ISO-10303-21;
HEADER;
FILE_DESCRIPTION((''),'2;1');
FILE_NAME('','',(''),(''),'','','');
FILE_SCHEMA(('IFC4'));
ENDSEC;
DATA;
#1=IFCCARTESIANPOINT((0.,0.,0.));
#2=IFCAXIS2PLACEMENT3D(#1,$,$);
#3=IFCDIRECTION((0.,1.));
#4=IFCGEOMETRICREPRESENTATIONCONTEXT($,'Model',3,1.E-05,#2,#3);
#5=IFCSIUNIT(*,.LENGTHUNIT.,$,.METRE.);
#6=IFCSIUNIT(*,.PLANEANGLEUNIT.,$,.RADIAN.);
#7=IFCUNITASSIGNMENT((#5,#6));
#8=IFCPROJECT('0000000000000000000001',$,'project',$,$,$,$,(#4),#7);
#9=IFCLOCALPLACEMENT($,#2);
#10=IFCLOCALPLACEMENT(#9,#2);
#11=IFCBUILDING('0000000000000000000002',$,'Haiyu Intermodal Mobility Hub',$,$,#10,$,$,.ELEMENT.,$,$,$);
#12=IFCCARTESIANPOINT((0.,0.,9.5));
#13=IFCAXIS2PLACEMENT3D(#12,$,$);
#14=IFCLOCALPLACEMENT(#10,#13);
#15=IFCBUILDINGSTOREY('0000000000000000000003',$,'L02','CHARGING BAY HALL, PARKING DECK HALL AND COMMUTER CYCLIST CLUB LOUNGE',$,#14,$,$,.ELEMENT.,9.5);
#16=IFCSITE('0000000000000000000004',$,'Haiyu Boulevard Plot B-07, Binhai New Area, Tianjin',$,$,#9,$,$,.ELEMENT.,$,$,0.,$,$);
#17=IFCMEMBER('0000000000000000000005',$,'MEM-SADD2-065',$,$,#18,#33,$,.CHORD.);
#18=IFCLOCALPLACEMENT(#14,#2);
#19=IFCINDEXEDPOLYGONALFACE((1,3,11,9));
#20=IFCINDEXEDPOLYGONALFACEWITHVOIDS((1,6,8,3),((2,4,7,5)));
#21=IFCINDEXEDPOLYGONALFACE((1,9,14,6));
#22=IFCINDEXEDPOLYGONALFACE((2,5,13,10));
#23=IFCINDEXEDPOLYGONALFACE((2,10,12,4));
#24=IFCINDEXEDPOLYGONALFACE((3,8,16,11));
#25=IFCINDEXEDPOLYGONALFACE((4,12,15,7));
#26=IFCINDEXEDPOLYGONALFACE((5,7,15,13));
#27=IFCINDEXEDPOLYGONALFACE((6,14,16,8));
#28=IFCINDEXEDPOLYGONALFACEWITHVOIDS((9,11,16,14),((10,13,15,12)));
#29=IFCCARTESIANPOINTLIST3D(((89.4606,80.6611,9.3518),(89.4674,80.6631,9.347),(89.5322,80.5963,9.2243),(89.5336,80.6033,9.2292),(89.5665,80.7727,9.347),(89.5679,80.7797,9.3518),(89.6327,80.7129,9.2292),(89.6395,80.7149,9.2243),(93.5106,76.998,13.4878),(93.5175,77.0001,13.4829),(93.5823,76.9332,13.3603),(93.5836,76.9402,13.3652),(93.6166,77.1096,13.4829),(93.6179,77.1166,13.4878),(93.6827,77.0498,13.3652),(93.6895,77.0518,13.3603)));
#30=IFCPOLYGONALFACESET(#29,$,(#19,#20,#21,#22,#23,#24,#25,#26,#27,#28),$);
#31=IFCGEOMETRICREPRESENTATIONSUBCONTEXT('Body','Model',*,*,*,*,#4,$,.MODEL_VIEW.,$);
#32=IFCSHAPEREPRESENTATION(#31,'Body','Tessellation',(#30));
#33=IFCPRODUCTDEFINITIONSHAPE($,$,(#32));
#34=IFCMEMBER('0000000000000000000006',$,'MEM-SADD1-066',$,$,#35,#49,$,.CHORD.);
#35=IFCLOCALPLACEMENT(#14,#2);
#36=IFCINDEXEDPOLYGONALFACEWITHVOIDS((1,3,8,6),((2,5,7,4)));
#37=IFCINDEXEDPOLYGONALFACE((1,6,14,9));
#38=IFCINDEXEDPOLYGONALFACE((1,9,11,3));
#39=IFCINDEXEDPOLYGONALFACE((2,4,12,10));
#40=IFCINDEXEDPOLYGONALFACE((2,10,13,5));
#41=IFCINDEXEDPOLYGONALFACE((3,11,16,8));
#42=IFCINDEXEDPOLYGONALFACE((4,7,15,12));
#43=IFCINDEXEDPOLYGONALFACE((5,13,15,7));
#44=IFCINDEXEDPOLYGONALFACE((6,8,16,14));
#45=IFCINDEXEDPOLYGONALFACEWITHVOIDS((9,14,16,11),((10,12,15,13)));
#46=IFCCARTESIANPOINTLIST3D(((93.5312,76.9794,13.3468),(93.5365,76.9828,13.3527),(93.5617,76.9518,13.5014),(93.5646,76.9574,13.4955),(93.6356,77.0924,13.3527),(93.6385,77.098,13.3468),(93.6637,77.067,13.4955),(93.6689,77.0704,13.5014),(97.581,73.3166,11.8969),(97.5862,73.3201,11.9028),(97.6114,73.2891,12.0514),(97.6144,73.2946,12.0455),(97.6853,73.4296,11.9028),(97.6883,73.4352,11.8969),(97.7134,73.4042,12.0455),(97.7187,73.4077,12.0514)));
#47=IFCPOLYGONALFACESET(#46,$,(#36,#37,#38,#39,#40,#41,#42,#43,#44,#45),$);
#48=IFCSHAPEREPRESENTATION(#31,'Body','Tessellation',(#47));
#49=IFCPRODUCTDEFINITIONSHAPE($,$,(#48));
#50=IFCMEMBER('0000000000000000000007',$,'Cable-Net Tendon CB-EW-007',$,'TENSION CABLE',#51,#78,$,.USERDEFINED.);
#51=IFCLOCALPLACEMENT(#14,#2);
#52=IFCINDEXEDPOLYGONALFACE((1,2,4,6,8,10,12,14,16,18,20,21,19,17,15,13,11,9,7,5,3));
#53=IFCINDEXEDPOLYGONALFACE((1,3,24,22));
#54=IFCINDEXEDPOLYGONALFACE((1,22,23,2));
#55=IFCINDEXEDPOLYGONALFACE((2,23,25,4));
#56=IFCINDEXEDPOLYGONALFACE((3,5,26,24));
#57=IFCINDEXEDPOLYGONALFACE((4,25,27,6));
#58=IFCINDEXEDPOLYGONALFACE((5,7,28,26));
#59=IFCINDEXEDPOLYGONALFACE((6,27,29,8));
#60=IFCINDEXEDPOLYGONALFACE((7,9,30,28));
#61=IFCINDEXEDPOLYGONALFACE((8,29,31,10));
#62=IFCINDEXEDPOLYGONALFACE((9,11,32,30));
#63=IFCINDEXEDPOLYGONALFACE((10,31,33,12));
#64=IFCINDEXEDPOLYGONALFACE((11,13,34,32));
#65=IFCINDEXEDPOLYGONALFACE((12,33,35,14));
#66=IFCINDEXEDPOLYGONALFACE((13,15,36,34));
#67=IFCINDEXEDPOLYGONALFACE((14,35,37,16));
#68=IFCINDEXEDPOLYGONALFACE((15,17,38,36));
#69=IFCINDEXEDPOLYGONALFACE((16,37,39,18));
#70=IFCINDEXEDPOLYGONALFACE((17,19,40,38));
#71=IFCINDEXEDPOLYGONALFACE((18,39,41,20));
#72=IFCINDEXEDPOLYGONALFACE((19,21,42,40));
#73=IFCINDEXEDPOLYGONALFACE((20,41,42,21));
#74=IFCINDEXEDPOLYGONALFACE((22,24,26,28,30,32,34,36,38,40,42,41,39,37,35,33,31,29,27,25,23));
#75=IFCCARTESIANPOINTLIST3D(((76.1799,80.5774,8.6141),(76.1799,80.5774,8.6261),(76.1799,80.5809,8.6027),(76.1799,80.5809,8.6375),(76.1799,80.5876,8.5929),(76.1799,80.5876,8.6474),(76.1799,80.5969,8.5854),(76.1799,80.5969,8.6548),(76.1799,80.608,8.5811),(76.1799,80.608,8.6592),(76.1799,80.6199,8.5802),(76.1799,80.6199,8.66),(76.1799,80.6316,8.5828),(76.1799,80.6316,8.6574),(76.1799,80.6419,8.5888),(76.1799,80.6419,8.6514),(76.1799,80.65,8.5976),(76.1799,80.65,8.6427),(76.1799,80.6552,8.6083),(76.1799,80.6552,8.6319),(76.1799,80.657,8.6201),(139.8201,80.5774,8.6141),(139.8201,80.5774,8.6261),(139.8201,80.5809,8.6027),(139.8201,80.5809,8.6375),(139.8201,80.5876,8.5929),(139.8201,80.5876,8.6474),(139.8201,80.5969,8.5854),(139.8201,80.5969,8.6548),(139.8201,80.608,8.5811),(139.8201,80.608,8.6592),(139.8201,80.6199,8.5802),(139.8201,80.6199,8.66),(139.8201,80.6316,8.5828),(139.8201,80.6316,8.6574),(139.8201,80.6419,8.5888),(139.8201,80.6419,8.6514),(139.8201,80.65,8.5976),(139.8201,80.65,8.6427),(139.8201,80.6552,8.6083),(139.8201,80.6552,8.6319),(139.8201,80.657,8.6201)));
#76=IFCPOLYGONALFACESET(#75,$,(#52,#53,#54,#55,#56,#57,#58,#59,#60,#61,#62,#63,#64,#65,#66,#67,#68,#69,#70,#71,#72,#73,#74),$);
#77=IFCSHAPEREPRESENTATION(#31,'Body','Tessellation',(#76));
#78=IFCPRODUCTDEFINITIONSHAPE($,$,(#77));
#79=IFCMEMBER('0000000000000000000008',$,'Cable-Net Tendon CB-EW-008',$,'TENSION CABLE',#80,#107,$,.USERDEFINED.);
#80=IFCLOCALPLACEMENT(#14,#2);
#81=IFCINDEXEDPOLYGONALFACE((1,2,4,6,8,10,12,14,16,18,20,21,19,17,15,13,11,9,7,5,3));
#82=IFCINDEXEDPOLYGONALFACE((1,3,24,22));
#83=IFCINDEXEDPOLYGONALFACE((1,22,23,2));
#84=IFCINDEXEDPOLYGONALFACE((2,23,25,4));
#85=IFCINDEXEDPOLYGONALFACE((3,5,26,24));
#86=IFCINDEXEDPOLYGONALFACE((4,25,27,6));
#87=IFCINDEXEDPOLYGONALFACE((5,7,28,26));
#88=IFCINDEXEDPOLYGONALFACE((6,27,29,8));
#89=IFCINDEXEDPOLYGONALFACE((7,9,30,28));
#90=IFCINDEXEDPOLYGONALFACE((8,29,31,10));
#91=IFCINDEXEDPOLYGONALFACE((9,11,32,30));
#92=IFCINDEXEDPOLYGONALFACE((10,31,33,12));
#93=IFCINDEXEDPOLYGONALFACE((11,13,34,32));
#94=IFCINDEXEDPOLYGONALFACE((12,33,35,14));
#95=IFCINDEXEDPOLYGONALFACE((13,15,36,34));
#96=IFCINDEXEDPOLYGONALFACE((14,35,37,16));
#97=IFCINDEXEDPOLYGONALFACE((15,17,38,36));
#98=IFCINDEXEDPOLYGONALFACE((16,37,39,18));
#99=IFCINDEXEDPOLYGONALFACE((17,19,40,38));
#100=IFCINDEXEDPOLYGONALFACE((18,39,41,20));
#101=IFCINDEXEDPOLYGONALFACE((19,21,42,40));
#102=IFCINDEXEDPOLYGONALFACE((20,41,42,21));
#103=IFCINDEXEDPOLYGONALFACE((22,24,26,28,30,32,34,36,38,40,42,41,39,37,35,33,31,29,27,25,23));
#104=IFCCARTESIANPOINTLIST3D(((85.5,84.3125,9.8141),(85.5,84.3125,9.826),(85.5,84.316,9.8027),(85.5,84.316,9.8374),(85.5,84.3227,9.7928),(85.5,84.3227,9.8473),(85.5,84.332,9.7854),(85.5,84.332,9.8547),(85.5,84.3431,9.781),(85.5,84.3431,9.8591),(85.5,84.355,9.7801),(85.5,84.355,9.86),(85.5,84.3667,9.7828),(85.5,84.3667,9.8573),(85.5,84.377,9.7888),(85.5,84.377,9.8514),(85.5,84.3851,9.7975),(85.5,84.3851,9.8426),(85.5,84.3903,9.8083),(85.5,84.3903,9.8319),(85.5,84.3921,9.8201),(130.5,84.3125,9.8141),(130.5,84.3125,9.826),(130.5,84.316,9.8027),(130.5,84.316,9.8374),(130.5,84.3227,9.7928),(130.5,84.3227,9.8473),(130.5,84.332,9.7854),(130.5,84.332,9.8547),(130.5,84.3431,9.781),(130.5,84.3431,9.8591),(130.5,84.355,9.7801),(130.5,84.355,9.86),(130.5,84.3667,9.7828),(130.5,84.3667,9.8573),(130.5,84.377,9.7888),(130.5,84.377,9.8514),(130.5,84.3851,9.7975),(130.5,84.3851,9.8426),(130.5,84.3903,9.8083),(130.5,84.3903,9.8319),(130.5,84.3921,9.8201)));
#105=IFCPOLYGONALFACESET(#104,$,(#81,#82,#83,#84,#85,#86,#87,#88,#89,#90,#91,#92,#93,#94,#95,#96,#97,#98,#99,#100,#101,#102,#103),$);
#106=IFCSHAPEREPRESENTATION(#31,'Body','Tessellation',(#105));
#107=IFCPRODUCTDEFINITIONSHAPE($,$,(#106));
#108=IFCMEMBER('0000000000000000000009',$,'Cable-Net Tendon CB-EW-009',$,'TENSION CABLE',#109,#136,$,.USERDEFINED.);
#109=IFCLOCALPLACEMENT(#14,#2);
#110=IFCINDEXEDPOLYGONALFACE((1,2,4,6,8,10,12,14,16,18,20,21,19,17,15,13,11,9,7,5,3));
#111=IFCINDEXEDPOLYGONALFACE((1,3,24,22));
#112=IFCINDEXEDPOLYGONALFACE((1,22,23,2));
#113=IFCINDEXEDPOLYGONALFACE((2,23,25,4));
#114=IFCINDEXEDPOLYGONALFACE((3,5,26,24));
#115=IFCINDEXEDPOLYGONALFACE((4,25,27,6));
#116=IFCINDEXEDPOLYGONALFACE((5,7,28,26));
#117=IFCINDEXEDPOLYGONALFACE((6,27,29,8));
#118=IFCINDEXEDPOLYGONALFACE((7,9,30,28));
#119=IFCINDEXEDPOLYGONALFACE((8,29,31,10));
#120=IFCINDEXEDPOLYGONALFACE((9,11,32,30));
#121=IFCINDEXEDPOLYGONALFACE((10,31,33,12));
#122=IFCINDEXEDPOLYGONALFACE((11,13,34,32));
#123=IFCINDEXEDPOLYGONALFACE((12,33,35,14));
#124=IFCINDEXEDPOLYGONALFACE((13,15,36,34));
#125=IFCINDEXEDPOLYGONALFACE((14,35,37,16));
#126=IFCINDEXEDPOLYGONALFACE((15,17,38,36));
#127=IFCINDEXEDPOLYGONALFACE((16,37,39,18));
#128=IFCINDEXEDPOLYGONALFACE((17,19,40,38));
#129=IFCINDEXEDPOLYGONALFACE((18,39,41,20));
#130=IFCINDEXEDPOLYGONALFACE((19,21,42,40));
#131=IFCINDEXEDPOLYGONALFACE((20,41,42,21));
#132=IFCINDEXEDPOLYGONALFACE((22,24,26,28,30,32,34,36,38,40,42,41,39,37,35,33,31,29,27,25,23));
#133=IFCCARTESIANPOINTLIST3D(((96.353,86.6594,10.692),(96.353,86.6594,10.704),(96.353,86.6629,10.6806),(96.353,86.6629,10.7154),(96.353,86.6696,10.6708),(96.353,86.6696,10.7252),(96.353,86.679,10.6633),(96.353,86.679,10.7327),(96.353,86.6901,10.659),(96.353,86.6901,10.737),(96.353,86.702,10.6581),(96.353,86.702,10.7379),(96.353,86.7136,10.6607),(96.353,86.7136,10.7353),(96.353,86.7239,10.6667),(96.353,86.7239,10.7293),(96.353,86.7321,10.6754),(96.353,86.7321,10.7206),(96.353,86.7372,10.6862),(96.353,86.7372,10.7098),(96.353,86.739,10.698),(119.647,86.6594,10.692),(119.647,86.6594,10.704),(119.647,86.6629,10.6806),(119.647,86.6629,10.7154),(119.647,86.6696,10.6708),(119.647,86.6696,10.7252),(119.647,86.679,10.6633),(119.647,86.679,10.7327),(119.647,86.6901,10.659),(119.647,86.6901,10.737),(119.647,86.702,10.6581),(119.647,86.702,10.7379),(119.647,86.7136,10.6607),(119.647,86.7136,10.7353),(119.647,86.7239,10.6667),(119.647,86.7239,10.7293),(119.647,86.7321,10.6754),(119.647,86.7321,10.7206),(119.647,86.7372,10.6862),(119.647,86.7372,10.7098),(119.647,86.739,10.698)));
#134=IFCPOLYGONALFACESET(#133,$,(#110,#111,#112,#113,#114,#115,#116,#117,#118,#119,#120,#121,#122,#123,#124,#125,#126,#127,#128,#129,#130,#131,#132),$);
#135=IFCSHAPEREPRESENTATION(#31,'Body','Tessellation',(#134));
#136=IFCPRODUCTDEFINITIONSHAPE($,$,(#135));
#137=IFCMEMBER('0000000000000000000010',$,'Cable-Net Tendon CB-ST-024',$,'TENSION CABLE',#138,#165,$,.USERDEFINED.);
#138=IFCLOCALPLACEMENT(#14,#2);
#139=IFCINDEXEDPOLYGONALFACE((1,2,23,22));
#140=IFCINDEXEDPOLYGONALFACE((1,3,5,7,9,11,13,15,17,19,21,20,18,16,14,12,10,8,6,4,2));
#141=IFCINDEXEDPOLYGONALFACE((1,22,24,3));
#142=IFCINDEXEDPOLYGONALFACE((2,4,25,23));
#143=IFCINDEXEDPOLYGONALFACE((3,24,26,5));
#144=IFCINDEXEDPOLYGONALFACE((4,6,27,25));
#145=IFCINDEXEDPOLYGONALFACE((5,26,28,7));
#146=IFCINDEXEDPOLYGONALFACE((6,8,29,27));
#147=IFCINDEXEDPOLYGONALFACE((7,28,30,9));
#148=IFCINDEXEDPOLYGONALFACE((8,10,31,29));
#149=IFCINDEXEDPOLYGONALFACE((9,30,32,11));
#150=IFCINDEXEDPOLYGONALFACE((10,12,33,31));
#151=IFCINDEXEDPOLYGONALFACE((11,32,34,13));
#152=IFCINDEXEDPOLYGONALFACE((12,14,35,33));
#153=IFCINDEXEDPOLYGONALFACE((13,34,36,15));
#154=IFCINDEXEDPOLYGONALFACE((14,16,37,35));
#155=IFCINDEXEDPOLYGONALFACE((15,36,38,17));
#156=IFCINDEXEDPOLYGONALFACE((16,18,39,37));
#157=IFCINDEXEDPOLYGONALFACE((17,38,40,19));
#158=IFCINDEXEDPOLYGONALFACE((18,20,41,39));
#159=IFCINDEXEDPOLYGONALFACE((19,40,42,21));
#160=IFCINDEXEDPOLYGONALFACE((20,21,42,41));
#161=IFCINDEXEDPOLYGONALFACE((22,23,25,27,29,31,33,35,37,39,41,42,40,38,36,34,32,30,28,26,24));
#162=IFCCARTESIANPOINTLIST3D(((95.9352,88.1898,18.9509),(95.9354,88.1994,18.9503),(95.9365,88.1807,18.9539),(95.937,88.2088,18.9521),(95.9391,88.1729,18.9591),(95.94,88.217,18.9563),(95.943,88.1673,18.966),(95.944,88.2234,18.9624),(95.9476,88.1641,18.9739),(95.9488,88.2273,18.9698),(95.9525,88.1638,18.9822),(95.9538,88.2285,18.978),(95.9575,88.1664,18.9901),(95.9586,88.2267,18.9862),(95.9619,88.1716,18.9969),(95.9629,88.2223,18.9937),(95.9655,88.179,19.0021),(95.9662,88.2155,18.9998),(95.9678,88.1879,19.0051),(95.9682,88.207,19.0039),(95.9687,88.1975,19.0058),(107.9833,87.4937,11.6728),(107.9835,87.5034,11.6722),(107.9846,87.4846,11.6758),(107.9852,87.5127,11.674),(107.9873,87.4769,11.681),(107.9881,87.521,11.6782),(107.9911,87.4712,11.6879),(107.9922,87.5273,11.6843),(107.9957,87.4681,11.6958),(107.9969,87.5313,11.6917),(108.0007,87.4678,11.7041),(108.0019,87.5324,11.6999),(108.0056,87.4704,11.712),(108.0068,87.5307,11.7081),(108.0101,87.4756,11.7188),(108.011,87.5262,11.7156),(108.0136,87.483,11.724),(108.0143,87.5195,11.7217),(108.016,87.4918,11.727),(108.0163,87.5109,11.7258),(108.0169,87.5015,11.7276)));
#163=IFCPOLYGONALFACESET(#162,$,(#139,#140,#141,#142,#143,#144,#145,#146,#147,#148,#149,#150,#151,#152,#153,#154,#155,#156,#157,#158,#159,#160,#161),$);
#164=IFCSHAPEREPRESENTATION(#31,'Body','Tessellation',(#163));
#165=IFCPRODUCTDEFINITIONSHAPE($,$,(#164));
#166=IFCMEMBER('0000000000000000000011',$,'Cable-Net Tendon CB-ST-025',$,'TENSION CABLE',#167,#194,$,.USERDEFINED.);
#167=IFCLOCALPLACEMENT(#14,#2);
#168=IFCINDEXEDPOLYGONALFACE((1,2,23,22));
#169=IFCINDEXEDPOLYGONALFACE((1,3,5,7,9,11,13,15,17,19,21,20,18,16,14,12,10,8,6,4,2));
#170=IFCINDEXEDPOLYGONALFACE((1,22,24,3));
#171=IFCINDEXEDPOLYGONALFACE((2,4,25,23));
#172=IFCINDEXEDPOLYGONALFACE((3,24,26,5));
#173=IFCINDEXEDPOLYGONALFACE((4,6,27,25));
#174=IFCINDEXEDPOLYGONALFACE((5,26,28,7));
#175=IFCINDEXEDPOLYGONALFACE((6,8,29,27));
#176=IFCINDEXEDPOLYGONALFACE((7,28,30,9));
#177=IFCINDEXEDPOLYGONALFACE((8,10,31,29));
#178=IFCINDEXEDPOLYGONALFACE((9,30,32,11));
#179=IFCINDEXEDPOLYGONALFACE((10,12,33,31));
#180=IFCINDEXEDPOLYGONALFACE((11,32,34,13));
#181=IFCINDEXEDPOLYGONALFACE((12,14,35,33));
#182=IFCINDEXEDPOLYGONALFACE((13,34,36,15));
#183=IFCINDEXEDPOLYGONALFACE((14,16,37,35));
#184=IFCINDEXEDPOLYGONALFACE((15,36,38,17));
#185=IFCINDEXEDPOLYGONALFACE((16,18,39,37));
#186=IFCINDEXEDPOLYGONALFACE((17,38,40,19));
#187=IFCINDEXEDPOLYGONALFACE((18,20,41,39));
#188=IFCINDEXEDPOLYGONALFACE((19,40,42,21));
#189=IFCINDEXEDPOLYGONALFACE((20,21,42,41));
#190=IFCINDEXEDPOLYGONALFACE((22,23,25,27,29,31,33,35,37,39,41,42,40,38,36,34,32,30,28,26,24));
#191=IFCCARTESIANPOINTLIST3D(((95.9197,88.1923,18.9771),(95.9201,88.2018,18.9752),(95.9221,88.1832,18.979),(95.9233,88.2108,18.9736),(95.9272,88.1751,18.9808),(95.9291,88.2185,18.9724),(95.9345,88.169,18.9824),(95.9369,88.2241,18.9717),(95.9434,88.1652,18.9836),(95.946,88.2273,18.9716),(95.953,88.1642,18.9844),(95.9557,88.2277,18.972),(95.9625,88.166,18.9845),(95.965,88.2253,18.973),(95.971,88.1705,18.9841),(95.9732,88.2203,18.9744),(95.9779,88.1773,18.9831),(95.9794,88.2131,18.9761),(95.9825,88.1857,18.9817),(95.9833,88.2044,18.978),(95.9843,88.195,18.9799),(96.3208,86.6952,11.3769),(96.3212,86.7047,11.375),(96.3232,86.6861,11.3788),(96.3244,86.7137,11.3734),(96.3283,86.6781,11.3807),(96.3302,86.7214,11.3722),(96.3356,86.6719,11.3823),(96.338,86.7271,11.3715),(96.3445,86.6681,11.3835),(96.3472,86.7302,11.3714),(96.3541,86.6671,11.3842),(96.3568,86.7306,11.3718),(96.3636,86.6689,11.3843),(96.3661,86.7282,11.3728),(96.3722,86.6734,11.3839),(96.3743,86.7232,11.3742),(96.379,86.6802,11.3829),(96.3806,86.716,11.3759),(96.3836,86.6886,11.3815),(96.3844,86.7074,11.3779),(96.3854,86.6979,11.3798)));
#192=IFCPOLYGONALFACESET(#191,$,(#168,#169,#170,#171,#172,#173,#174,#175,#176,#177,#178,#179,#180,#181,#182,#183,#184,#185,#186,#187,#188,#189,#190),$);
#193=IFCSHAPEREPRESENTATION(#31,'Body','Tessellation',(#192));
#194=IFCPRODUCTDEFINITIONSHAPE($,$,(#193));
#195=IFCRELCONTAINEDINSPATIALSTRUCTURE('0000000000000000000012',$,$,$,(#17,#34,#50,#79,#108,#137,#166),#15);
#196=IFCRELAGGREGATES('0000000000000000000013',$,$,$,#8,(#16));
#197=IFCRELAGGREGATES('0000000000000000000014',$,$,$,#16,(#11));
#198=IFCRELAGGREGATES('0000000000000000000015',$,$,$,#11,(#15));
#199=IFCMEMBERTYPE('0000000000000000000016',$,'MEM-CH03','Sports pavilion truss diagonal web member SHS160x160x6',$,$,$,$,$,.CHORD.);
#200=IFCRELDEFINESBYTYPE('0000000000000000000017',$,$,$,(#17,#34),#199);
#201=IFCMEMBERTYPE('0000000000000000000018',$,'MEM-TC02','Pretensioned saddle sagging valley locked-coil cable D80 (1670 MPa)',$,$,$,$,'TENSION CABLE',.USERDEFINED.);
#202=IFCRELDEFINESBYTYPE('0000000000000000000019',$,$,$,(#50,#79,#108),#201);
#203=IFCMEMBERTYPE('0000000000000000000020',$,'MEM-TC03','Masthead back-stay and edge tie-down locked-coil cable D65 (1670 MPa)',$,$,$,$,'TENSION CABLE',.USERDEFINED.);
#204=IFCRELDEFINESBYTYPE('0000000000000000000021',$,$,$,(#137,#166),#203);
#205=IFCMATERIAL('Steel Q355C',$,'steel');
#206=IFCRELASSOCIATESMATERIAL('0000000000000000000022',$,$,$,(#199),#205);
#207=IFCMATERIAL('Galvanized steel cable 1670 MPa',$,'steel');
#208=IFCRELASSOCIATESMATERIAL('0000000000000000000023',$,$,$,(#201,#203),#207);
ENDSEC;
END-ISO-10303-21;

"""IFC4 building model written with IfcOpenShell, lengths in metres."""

from ifc_helpers import new_model, si_unit, direction, frame, origin, origin_2d, place, context, subcontext, project, spatial, hollow_rectangle, circle, extrude, material, material_profile, profile_set, type_object, element, save


model = new_model("IFC4")

# Units and contexts
model_context = context("Model", 3, precision=1e-05, world=origin(), true_north=direction((0.0, 1.0)))
body_context = subcontext(model_context, "Body", "Model", "MODEL_VIEW")
ifc_project = project(units=[si_unit("LENGTHUNIT", "METRE"), si_unit("PLANEANGLEUNIT", "RADIAN")], contexts=[model_context])

# Site, building, storey
site_placement = place(None, origin())
site = spatial("IfcSite", under=ifc_project, at=site_placement, Name="Haiyu Boulevard Plot B-07, Binhai New Area, Tianjin", CompositionType="ELEMENT", RefElevation=0.0)
building_placement = place(site_placement, origin())
building = spatial("IfcBuilding", under=site, at=building_placement, Name="Haiyu Intermodal Mobility Hub", CompositionType="ELEMENT")
storey_placement = place(building_placement, frame((0.0, 0.0, 9.5)))
storey = spatial("IfcBuildingStorey", under=building, at=storey_placement, Name="L02", Description="CHARGING BAY HALL, PARKING DECK HALL AND COMMUTER CYCLIST CLUB LOUNGE", CompositionType="ELEMENT", Elevation=9.5)

# Shared definitions
ifc_material_1 = material(Name="Steel Q355C", Category="steel")

# Members
ifc_material_profile_1 = material_profile(ifc_material_1, hollow_rectangle(XDim=0.1599, YDim=0.1599, WallThickness=0.0061, at=origin_2d()), Name="SHS160x160x6")
ifc_profile_set_1 = profile_set([ifc_material_profile_1], Name="Steel Q355C")
member_type_1 = type_object("IfcMemberType", Name="MEM-CH03", Description="Sports pavilion truss diagonal web member SHS160x160x6", PredefinedType="CHORD", material=ifc_profile_set_1)
member_1_placement = place(storey_placement, frame((89.55, 80.688, 9.2881), z_axis=(0.591217, -0.534729, 0.603762), x_axis=(0.670788, 0.741649, 0.0)))
element("IfcMember", 1, at=member_1_placement, inside=storey, type_object=member_type_1, Name="MEM-SADD2-065", PredefinedType="CHORD", context=body_context, shape_type="SweptSolid", body=[
    extrude(hollow_rectangle(XDim=0.1599, YDim=0.1599, WallThickness=0.0061, at=origin_2d()), origin(), (0.0, 0.0, 1.0), 6.8503),
])
member_2_placement = place(storey_placement, frame((93.6001, 77.0249, 13.4241), z_axis=(0.716811, -0.648319, -0.25664), x_axis=(0.670786, 0.741651, 0.0)))
element("IfcMember", 2, at=member_2_placement, inside=storey, type_object=member_type_1, Name="MEM-SADD1-066", PredefinedType="CHORD", context=body_context, shape_type="SweptSolid", body=[
    extrude(hollow_rectangle(XDim=0.1599, YDim=0.1599, WallThickness=0.0061, at=origin_2d()), origin(), (0.0, 0.0, 1.0), 5.6497),
])
ifc_material_2 = material(Name="Galvanized steel cable 1670 MPa", Category="steel")
ifc_material_profile_2 = material_profile(ifc_material_2, circle(Radius=0.04, at=origin_2d()), Name="CABLE80")
ifc_profile_set_2 = profile_set([ifc_material_profile_2], Name="Galvanized steel cable 1670 MPa")
member_type_2 = type_object("IfcMemberType", Name="MEM-TC02", Description="Pretensioned saddle sagging valley locked-coil cable D80 (1670 MPa)", ElementType="TENSION CABLE", PredefinedType="USERDEFINED", material=ifc_profile_set_2)
member_3_placement = place(storey_placement, frame((76.1799, 80.6169, 8.6201), z_axis=(1.0, 0.0, 0.0), x_axis=(0.0, 1.0, 0.0)))
element("IfcMember", 3, at=member_3_placement, inside=storey, type_object=member_type_2, Name="Cable-Net Tendon CB-EW-007", ObjectType="TENSION CABLE", PredefinedType="USERDEFINED", context=body_context, shape_type="SweptSolid", body=[
    extrude(circle(Radius=0.04, at=origin_2d()), origin(), (0.0, 0.0, 1.0), 63.6401),
])
member_4_placement = place(storey_placement, frame((85.5, 84.3521, 9.8201), z_axis=(1.0, 0.0, 0.0), x_axis=(0.0, 1.0, 0.0)))
element("IfcMember", 4, at=member_4_placement, inside=storey, type_object=member_type_2, Name="Cable-Net Tendon CB-EW-008", ObjectType="TENSION CABLE", PredefinedType="USERDEFINED", context=body_context, shape_type="SweptSolid", body=[
    extrude(circle(Radius=0.04, at=origin_2d()), origin(), (0.0, 0.0, 1.0), 45.0),
])
member_5_placement = place(storey_placement, frame((96.353, 86.699, 10.698), z_axis=(1.0, 0.0, 0.0), x_axis=(0.0, 1.0, 0.0)))
element("IfcMember", 5, at=member_5_placement, inside=storey, type_object=member_type_2, Name="Cable-Net Tendon CB-EW-009", ObjectType="TENSION CABLE", PredefinedType="USERDEFINED", context=body_context, shape_type="SweptSolid", body=[
    extrude(circle(Radius=0.04, at=origin_2d()), origin(), (0.0, 0.0, 1.0), 23.2939),
])
ifc_material_profile_3 = material_profile(ifc_material_2, circle(Radius=0.0325, at=origin_2d()), Name="CABLE65")
ifc_profile_set_3 = profile_set([ifc_material_profile_3], Name="Galvanized steel cable 1670 MPa")
member_type_3 = type_object("IfcMemberType", Name="MEM-TC03", Description="Masthead back-stay and edge tie-down locked-coil cable D65 (1670 MPa)", ElementType="TENSION CABLE", PredefinedType="USERDEFINED", material=ifc_profile_set_3)
member_6_placement = place(storey_placement, frame((95.9519, 88.196, 18.978), z_axis=(0.854902, -0.04939, -0.516434), x_axis=(0.057676, 0.998335, 0.0)))
element("IfcMember", 6, at=member_6_placement, inside=storey, type_object=member_type_3, Name="Cable-Net Tendon CB-ST-024", ObjectType="TENSION CABLE", PredefinedType="USERDEFINED", context=body_context, shape_type="SweptSolid", body=[
    extrude(circle(Radius=0.0325, at=origin_2d()), origin(), (0.0, 0.0, 1.0), 14.093),
])
member_7_placement = place(storey_placement, frame((95.9519, 88.196, 18.978), z_axis=(0.051714, -0.193008, -0.979833), x_axis=(0.965928, 0.25881, 0.0)))
element("IfcMember", 7, at=member_7_placement, inside=storey, type_object=member_type_3, Name="Cable-Net Tendon CB-ST-025", ObjectType="TENSION CABLE", PredefinedType="USERDEFINED", context=body_context, shape_type="SweptSolid", body=[
    extrude(circle(Radius=0.0325, at=origin_2d()), origin(), (0.0, 0.0, 1.0), 7.7566),
])

save(model, "model.ifc")
